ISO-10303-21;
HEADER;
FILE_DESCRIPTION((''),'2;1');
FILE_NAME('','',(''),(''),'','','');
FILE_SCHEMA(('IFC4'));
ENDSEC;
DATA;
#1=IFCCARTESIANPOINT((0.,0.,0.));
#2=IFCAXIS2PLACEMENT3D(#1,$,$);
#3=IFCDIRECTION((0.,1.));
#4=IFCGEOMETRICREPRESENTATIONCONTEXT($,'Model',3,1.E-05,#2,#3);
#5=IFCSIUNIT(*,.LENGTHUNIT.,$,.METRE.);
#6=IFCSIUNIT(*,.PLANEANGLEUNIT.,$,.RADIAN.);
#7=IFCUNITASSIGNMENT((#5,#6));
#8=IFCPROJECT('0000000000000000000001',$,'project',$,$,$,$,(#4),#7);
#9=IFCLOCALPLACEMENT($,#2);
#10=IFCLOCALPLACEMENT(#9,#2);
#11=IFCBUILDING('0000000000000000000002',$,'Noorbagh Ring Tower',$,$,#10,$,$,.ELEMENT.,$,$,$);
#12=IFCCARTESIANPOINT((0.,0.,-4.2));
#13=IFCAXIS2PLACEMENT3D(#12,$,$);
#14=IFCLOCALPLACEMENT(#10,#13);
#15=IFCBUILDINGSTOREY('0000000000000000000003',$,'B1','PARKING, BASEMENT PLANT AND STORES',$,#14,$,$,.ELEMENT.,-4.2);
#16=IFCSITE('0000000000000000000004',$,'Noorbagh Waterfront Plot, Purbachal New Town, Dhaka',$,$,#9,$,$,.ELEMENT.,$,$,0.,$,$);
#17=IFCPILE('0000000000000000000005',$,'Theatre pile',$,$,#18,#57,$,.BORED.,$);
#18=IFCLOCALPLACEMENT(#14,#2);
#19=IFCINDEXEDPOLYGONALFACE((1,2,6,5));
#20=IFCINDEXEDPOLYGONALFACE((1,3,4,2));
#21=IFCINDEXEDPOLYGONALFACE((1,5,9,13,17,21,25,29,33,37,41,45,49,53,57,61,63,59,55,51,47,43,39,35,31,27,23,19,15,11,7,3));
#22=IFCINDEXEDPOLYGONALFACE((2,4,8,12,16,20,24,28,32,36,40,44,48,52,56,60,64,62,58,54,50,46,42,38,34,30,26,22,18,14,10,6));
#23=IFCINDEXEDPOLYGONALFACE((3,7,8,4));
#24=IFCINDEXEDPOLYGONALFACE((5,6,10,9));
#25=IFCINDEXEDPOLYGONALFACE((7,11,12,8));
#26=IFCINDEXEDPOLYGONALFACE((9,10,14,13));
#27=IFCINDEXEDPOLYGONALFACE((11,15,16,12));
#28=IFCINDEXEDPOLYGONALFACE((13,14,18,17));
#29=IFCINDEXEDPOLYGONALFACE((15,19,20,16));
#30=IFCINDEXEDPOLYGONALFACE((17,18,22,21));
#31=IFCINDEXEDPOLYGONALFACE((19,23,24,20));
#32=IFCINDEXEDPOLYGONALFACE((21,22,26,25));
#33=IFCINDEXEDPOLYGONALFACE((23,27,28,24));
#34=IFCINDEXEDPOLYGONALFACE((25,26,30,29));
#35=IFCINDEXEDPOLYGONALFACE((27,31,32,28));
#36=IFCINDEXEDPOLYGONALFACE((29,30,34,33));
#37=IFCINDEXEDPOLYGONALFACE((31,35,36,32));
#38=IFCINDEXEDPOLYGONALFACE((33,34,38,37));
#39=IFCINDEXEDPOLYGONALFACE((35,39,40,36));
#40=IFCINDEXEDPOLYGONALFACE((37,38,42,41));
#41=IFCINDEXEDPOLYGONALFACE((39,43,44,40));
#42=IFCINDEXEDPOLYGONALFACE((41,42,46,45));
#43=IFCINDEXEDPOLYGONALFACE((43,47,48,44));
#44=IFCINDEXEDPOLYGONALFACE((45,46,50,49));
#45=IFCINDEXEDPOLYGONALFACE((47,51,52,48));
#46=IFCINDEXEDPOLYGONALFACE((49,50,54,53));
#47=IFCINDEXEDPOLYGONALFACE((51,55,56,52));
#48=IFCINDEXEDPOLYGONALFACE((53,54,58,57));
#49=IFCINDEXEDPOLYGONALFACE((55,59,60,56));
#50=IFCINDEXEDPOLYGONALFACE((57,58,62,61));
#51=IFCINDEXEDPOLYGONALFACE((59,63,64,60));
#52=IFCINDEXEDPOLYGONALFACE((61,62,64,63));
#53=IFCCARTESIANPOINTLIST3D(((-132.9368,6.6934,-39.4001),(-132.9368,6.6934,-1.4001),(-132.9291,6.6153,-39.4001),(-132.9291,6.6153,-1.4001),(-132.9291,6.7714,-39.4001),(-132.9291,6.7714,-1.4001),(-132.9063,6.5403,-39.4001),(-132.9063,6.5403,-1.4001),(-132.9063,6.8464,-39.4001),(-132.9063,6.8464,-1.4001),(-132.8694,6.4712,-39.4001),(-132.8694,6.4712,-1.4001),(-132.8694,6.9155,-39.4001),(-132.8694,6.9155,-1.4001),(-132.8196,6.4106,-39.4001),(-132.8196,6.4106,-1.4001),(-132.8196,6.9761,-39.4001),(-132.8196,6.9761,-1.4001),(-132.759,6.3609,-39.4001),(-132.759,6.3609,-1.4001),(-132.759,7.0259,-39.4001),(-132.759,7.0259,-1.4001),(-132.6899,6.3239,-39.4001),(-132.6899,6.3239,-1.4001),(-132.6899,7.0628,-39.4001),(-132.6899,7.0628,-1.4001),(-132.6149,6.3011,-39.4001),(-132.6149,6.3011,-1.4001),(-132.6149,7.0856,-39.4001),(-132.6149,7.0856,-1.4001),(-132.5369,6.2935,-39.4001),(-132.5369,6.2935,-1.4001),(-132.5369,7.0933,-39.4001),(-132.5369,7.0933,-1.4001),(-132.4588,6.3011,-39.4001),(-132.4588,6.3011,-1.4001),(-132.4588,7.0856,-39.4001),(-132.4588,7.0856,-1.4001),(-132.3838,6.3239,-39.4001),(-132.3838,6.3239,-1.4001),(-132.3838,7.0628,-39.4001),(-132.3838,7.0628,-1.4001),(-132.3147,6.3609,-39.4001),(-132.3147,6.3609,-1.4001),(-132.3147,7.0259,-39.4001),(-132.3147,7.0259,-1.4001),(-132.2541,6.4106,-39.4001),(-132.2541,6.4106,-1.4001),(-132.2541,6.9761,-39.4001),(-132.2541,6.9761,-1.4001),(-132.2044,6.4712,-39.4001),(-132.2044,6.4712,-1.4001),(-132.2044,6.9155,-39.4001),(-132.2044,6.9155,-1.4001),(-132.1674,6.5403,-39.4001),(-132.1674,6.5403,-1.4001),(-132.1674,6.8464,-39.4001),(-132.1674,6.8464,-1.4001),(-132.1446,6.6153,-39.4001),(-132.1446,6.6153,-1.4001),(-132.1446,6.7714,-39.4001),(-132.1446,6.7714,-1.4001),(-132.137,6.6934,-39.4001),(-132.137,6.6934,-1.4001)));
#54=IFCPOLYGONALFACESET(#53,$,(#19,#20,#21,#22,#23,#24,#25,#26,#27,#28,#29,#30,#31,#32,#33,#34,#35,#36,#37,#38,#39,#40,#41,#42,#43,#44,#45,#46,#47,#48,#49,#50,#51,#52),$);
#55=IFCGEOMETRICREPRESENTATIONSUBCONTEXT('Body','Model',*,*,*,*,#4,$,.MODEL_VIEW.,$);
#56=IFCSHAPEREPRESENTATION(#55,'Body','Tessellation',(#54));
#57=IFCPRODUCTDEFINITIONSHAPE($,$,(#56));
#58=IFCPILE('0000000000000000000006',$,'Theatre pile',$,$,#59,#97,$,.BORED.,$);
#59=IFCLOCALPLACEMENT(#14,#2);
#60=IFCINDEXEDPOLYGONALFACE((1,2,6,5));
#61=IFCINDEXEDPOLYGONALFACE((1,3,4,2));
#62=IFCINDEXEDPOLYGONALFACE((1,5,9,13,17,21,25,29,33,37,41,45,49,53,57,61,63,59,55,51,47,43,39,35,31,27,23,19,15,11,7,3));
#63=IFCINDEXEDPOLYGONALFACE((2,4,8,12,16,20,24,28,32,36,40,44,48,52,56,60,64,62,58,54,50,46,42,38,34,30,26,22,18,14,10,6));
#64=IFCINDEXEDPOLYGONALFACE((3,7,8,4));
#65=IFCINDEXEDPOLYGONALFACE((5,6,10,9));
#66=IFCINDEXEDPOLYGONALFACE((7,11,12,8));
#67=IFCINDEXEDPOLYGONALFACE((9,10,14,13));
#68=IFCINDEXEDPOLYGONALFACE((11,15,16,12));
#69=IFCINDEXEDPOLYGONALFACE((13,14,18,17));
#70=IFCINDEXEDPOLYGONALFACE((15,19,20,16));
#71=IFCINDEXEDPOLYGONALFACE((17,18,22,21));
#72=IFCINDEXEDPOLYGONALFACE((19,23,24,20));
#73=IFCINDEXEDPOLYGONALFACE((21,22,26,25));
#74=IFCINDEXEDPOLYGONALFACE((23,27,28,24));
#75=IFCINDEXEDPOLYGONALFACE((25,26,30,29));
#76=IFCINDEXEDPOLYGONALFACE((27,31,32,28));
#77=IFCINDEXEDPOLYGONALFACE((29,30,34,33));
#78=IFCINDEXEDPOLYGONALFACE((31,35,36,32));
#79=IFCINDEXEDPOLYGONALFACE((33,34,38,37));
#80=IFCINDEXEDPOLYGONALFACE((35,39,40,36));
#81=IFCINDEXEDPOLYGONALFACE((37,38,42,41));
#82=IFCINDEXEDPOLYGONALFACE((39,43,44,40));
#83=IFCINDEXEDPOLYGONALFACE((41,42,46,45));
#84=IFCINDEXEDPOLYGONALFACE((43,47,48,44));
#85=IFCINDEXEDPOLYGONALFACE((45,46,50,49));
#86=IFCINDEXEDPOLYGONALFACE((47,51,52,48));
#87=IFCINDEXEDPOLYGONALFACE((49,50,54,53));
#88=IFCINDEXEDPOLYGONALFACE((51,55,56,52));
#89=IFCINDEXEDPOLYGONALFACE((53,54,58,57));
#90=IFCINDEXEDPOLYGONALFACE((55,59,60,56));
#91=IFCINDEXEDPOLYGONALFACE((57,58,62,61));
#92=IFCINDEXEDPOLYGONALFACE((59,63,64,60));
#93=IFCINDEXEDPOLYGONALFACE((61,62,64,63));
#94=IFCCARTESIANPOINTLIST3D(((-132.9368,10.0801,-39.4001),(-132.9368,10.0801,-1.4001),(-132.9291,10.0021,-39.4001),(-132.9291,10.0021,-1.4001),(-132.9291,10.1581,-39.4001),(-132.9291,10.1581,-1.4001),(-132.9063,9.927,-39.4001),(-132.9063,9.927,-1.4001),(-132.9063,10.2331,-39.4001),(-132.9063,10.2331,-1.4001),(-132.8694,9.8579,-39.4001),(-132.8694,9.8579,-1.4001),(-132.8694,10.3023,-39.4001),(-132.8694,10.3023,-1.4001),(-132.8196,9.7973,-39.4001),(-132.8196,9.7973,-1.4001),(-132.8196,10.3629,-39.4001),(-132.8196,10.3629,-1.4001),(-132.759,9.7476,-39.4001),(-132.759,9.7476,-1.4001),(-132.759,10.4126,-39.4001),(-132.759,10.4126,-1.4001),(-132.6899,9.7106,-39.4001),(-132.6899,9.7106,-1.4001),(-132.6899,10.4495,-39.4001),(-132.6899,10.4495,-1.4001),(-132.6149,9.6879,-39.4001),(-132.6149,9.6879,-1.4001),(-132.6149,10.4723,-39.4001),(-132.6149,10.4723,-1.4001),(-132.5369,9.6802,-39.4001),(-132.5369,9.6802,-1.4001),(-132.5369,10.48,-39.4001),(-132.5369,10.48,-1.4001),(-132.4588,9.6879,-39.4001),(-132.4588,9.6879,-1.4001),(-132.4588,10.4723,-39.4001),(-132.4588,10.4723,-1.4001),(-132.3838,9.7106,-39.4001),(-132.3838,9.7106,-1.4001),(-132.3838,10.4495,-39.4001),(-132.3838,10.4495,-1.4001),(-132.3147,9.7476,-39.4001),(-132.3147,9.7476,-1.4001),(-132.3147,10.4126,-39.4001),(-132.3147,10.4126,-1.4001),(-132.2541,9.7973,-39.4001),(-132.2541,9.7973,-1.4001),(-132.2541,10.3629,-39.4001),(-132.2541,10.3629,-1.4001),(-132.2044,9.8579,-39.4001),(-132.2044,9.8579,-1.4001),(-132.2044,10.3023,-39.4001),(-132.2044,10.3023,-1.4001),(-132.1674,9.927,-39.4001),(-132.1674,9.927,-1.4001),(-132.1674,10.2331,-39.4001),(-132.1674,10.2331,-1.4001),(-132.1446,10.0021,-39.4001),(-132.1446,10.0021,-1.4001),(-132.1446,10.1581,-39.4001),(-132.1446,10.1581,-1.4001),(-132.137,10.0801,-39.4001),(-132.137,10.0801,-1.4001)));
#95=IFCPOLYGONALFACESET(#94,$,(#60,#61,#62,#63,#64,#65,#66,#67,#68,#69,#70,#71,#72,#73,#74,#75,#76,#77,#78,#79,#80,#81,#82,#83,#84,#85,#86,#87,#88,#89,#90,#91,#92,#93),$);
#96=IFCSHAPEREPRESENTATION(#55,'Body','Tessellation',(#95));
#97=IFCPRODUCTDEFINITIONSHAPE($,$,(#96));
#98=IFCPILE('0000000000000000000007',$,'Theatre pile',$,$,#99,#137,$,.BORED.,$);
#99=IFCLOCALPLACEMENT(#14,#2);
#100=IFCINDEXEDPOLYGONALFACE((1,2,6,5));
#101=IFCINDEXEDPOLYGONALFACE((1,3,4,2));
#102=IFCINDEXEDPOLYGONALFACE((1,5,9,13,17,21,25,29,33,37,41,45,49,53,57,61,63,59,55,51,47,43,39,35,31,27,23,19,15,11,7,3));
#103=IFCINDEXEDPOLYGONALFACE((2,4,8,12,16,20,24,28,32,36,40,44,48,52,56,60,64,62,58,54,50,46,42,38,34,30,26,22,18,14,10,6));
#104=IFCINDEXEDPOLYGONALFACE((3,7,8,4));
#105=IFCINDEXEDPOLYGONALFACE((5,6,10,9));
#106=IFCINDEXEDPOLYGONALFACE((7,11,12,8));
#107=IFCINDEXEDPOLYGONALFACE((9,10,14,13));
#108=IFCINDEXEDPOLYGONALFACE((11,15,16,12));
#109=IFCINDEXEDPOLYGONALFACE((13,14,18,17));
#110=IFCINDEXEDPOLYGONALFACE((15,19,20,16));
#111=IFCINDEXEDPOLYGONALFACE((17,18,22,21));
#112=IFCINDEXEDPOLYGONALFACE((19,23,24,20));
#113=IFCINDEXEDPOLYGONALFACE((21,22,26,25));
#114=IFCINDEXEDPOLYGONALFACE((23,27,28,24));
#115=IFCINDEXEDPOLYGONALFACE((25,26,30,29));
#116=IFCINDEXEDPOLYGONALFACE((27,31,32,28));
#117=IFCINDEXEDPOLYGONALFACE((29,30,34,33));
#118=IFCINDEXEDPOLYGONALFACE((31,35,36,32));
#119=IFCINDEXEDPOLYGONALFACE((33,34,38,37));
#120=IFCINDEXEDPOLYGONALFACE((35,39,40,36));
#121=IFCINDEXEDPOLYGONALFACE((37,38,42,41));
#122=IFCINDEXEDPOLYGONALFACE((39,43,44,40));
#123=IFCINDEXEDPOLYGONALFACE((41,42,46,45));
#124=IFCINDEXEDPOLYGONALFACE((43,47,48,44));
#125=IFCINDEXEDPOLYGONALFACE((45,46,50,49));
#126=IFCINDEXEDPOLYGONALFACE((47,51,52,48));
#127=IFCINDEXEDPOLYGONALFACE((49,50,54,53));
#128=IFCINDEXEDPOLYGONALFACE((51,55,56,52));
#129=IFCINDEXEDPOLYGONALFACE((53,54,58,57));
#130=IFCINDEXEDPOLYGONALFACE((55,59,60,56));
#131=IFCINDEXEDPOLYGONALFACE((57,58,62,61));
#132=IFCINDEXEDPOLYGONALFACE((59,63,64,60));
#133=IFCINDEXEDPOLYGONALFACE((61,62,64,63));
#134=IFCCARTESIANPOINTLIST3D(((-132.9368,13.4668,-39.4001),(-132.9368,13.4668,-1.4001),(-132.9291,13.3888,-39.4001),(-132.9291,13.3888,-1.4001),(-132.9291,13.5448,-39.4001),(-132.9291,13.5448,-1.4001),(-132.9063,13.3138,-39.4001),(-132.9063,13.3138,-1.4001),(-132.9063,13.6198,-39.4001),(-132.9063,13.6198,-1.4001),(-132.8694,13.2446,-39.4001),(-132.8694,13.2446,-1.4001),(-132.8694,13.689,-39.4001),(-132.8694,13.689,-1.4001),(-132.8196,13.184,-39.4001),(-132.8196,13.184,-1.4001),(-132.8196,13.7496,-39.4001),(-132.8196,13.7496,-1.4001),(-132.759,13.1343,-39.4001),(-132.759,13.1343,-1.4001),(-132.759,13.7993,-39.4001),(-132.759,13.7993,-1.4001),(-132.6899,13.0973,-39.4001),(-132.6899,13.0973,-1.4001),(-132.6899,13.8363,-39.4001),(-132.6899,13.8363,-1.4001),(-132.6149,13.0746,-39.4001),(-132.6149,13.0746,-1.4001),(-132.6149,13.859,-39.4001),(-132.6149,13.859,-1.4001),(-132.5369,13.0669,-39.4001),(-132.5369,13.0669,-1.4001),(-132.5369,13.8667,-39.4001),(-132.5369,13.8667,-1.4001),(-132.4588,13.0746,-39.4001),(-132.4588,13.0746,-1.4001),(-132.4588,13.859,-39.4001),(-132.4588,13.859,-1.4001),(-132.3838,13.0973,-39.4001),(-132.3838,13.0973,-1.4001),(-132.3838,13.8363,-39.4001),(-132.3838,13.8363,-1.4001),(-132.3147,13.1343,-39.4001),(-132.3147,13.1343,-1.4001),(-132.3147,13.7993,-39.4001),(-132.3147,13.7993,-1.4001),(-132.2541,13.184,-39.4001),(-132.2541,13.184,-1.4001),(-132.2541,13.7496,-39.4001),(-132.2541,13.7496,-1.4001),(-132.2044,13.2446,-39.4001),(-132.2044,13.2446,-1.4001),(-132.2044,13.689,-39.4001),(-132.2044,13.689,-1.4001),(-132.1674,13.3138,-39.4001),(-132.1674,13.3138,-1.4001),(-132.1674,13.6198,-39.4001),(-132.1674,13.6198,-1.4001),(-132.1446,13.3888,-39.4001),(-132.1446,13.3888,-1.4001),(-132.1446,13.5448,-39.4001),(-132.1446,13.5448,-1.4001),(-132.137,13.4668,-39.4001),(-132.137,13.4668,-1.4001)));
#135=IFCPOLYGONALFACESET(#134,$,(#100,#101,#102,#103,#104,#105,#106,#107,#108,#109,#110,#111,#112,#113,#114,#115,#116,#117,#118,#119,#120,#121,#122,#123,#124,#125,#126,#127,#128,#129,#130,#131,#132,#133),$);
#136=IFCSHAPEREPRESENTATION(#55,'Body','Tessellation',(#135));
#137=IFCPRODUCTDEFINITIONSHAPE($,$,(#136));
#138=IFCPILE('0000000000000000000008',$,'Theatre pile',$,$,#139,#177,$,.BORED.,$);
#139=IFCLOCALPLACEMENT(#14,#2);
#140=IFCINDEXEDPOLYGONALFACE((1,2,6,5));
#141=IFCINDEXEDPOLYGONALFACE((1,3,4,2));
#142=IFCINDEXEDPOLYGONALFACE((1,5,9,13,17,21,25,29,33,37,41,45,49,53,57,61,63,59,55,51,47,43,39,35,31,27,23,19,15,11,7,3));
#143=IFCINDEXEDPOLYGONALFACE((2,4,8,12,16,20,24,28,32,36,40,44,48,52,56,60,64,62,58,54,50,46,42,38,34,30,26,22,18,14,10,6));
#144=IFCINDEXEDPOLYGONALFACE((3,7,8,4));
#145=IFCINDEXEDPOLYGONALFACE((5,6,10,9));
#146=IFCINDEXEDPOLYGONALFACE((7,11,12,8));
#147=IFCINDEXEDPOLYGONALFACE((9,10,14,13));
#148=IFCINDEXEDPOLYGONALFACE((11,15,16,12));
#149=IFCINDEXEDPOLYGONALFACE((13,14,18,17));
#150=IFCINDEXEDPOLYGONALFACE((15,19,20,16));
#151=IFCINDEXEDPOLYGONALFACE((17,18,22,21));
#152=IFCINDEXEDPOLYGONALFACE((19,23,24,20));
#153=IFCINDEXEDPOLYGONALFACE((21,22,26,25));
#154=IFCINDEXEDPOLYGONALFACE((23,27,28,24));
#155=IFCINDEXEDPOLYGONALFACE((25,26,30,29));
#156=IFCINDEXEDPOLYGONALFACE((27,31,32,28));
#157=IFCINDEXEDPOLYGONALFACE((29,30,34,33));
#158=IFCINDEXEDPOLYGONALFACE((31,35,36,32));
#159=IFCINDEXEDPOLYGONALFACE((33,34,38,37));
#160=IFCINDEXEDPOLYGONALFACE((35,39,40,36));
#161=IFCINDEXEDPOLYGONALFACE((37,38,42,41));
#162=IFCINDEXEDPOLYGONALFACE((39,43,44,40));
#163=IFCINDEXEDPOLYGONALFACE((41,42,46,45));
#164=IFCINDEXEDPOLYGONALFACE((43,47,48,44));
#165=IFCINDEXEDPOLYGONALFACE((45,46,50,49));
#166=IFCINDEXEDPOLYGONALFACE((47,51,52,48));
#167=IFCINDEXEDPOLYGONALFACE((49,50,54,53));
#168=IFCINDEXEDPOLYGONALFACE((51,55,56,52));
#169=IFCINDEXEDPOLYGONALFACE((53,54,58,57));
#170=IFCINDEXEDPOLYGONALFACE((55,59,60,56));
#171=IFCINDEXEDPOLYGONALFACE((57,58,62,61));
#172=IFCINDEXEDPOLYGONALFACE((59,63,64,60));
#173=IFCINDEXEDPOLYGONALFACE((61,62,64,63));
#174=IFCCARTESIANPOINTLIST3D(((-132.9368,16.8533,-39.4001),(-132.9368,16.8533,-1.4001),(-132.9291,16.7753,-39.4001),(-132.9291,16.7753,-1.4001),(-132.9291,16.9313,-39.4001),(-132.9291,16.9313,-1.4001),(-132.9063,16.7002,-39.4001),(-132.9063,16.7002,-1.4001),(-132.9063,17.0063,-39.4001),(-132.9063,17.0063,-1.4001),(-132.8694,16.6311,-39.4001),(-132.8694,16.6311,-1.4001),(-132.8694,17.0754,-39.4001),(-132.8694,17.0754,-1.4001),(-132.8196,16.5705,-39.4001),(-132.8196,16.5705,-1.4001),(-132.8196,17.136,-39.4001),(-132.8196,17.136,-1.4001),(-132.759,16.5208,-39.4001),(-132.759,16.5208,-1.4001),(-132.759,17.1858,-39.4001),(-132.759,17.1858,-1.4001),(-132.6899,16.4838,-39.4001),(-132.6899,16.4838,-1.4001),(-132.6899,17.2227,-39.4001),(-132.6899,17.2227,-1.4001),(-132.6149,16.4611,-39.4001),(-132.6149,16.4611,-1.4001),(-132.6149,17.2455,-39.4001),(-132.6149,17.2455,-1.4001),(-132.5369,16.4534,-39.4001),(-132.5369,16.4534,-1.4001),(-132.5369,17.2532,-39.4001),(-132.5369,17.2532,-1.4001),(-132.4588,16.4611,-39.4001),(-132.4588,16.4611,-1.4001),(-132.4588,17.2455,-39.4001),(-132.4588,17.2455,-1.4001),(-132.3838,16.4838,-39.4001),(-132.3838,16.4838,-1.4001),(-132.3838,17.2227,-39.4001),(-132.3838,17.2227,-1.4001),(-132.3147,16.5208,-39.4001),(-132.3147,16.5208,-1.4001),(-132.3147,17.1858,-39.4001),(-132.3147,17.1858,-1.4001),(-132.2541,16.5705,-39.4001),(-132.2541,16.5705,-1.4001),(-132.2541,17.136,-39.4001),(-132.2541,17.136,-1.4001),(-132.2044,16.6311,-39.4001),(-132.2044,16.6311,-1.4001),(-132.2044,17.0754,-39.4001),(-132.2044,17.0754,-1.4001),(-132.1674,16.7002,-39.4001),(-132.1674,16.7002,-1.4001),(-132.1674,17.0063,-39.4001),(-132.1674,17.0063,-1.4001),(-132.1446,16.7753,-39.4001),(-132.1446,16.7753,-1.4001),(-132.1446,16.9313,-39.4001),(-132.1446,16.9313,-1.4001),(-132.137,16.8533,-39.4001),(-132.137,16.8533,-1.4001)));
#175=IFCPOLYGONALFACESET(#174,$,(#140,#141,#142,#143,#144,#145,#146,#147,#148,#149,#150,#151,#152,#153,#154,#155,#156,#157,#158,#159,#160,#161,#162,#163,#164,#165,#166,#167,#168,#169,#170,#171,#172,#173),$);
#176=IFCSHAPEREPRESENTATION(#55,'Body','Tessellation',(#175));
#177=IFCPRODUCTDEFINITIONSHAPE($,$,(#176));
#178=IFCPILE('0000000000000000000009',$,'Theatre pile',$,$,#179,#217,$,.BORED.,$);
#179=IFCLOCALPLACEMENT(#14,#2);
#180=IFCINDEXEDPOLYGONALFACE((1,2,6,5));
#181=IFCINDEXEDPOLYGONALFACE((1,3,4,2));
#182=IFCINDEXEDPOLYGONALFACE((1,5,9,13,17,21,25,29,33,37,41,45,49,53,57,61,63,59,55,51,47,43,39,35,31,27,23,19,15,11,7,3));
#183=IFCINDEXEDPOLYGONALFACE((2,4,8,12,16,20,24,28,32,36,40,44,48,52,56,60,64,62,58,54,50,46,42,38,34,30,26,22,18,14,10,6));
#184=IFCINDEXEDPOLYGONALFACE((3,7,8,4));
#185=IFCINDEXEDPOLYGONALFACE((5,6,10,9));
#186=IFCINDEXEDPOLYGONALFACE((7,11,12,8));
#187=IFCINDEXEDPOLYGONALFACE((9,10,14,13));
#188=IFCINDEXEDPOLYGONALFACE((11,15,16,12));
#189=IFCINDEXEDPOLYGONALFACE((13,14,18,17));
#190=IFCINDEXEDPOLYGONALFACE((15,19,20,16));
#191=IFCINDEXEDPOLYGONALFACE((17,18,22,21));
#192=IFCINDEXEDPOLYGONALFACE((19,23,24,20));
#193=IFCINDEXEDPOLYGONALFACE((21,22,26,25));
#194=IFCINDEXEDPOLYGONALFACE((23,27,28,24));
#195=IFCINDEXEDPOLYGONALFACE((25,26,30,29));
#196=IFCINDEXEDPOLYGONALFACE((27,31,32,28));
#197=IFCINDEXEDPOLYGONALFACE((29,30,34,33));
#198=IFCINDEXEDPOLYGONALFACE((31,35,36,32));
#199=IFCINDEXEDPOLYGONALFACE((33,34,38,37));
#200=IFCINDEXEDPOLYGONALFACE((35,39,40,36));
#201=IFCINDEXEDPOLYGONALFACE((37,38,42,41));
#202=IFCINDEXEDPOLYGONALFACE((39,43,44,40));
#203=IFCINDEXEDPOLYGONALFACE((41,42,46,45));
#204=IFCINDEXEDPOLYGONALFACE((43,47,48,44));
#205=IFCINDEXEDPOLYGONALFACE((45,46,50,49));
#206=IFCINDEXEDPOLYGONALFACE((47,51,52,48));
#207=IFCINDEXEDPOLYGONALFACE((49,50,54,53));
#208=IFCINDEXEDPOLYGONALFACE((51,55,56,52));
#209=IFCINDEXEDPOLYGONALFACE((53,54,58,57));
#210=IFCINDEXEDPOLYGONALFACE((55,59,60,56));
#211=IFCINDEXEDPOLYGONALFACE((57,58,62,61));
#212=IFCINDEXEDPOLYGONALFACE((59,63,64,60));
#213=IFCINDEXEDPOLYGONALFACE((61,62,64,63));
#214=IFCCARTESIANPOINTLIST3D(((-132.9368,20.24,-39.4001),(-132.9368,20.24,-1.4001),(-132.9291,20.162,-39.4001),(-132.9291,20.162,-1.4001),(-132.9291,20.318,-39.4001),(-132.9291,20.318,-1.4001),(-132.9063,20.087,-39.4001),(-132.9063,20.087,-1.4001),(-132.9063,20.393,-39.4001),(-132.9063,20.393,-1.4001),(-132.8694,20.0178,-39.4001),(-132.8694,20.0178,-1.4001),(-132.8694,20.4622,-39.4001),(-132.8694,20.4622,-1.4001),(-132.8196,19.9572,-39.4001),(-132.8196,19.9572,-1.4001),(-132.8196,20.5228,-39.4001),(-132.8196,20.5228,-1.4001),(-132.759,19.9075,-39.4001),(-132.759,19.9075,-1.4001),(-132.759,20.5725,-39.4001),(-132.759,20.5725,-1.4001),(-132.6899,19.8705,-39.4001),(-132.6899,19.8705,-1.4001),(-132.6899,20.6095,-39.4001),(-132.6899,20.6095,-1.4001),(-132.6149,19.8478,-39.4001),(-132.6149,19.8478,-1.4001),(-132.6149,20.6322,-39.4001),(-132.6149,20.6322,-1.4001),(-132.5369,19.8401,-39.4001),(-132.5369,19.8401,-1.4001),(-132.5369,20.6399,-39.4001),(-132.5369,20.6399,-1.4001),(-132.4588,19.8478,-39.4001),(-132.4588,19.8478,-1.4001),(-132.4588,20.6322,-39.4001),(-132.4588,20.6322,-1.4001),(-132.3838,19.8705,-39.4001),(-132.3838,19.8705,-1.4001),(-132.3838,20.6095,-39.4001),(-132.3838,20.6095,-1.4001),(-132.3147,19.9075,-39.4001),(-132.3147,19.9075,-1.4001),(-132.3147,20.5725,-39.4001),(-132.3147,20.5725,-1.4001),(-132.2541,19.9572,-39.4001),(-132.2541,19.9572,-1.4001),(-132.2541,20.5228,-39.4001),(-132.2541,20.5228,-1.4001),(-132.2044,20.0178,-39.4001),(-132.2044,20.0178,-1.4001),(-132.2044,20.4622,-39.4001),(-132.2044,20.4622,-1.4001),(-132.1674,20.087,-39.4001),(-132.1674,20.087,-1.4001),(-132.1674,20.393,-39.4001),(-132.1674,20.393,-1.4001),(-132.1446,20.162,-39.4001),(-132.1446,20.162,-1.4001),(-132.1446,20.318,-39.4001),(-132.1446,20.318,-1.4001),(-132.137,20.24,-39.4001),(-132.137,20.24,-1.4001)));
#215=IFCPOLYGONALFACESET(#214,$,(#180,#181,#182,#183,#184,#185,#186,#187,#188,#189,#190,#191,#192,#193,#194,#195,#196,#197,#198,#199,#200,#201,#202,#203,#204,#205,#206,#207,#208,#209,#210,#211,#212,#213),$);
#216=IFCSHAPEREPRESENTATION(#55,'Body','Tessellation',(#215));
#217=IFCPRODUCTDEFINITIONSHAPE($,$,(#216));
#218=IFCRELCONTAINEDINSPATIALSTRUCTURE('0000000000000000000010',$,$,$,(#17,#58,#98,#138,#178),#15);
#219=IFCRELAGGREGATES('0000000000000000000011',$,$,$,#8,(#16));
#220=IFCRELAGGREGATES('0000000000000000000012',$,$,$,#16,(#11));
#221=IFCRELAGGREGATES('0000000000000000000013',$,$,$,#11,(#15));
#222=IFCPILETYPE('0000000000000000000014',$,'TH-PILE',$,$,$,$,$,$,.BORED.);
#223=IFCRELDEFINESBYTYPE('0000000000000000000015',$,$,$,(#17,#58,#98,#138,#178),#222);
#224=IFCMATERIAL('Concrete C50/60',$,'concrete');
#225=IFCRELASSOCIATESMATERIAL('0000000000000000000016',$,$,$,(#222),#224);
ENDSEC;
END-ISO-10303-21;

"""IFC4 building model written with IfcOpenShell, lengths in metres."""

from ifc_helpers import new_model, si_unit, direction, frame, origin, origin_2d, place, context, subcontext, project, spatial, circle, extrude, material, material_profile, profile_set, type_object, element, save


model = new_model("IFC4")

# Units and contexts
model_context = context("Model", 3, precision=1e-05, world=origin(), true_north=direction((0.0, 1.0)))
body_context = subcontext(model_context, "Body", "Model", "MODEL_VIEW")
ifc_project = project(units=[si_unit("LENGTHUNIT", "METRE"), si_unit("PLANEANGLEUNIT", "RADIAN")], contexts=[model_context])

# Site, building, storey
site_placement = place(None, origin())
site = spatial("IfcSite", under=ifc_project, at=site_placement, Name="Noorbagh Waterfront Plot, Purbachal New Town, Dhaka", CompositionType="ELEMENT", RefElevation=0.0)
building_placement = place(site_placement, origin())
building = spatial("IfcBuilding", under=site, at=building_placement, Name="Noorbagh Ring Tower", CompositionType="ELEMENT")
storey_placement = place(building_placement, frame((0.0, 0.0, -4.2)))
storey = spatial("IfcBuildingStorey", under=building, at=storey_placement, Name="B1", Description="PARKING, BASEMENT PLANT AND STORES", CompositionType="ELEMENT", Elevation=-4.2)

# Piles
ifc_material_1 = material(Name="Concrete C50/60", Category="concrete")
ifc_material_profile = material_profile(ifc_material_1, circle(Radius=0.3999, at=origin_2d()), Name="PILE800")
ifc_profile_set = profile_set([ifc_material_profile], Name="Concrete C50/60")
pile_type = type_object("IfcPileType", Name="TH-PILE", PredefinedType="BORED", material=ifc_profile_set)
for number, where, z_axis, x_axis, name in (
    (1, (-132.5369, 6.6934, -1.4001), (0.0, 0.0, -1.0), (1.0, 0.0, 0.0), "Theatre pile"),
    (2, (-132.5369, 10.0801, -1.4001), (0.0, 0.0, -1.0), (1.0, 0.0, 0.0), "Theatre pile"),
    (3, (-132.5369, 13.4668, -1.4001), (0.0, 0.0, -1.0), (1.0, 0.0, 0.0), "Theatre pile"),
    (4, (-132.5369, 16.8533, -1.4001), (0.0, 0.0, -1.0), (1.0, 0.0, 0.0), "Theatre pile"),
    (5, (-132.5369, 20.24, -1.4001), (0.0, 0.0, -1.0), (1.0, 0.0, 0.0), "Theatre pile"),
):
    element("IfcPile", number, at=place(storey_placement, frame(where, z_axis=z_axis, x_axis=x_axis)), inside=storey, type_object=pile_type, Name=name, PredefinedType="BORED", context=body_context, shape_type="SweptSolid", body=[
        extrude(circle(Radius=0.3999, at=origin_2d()), origin(), (0.0, 0.0, 1.0), 38.0),
    ])

save(model, "model.ifc")
